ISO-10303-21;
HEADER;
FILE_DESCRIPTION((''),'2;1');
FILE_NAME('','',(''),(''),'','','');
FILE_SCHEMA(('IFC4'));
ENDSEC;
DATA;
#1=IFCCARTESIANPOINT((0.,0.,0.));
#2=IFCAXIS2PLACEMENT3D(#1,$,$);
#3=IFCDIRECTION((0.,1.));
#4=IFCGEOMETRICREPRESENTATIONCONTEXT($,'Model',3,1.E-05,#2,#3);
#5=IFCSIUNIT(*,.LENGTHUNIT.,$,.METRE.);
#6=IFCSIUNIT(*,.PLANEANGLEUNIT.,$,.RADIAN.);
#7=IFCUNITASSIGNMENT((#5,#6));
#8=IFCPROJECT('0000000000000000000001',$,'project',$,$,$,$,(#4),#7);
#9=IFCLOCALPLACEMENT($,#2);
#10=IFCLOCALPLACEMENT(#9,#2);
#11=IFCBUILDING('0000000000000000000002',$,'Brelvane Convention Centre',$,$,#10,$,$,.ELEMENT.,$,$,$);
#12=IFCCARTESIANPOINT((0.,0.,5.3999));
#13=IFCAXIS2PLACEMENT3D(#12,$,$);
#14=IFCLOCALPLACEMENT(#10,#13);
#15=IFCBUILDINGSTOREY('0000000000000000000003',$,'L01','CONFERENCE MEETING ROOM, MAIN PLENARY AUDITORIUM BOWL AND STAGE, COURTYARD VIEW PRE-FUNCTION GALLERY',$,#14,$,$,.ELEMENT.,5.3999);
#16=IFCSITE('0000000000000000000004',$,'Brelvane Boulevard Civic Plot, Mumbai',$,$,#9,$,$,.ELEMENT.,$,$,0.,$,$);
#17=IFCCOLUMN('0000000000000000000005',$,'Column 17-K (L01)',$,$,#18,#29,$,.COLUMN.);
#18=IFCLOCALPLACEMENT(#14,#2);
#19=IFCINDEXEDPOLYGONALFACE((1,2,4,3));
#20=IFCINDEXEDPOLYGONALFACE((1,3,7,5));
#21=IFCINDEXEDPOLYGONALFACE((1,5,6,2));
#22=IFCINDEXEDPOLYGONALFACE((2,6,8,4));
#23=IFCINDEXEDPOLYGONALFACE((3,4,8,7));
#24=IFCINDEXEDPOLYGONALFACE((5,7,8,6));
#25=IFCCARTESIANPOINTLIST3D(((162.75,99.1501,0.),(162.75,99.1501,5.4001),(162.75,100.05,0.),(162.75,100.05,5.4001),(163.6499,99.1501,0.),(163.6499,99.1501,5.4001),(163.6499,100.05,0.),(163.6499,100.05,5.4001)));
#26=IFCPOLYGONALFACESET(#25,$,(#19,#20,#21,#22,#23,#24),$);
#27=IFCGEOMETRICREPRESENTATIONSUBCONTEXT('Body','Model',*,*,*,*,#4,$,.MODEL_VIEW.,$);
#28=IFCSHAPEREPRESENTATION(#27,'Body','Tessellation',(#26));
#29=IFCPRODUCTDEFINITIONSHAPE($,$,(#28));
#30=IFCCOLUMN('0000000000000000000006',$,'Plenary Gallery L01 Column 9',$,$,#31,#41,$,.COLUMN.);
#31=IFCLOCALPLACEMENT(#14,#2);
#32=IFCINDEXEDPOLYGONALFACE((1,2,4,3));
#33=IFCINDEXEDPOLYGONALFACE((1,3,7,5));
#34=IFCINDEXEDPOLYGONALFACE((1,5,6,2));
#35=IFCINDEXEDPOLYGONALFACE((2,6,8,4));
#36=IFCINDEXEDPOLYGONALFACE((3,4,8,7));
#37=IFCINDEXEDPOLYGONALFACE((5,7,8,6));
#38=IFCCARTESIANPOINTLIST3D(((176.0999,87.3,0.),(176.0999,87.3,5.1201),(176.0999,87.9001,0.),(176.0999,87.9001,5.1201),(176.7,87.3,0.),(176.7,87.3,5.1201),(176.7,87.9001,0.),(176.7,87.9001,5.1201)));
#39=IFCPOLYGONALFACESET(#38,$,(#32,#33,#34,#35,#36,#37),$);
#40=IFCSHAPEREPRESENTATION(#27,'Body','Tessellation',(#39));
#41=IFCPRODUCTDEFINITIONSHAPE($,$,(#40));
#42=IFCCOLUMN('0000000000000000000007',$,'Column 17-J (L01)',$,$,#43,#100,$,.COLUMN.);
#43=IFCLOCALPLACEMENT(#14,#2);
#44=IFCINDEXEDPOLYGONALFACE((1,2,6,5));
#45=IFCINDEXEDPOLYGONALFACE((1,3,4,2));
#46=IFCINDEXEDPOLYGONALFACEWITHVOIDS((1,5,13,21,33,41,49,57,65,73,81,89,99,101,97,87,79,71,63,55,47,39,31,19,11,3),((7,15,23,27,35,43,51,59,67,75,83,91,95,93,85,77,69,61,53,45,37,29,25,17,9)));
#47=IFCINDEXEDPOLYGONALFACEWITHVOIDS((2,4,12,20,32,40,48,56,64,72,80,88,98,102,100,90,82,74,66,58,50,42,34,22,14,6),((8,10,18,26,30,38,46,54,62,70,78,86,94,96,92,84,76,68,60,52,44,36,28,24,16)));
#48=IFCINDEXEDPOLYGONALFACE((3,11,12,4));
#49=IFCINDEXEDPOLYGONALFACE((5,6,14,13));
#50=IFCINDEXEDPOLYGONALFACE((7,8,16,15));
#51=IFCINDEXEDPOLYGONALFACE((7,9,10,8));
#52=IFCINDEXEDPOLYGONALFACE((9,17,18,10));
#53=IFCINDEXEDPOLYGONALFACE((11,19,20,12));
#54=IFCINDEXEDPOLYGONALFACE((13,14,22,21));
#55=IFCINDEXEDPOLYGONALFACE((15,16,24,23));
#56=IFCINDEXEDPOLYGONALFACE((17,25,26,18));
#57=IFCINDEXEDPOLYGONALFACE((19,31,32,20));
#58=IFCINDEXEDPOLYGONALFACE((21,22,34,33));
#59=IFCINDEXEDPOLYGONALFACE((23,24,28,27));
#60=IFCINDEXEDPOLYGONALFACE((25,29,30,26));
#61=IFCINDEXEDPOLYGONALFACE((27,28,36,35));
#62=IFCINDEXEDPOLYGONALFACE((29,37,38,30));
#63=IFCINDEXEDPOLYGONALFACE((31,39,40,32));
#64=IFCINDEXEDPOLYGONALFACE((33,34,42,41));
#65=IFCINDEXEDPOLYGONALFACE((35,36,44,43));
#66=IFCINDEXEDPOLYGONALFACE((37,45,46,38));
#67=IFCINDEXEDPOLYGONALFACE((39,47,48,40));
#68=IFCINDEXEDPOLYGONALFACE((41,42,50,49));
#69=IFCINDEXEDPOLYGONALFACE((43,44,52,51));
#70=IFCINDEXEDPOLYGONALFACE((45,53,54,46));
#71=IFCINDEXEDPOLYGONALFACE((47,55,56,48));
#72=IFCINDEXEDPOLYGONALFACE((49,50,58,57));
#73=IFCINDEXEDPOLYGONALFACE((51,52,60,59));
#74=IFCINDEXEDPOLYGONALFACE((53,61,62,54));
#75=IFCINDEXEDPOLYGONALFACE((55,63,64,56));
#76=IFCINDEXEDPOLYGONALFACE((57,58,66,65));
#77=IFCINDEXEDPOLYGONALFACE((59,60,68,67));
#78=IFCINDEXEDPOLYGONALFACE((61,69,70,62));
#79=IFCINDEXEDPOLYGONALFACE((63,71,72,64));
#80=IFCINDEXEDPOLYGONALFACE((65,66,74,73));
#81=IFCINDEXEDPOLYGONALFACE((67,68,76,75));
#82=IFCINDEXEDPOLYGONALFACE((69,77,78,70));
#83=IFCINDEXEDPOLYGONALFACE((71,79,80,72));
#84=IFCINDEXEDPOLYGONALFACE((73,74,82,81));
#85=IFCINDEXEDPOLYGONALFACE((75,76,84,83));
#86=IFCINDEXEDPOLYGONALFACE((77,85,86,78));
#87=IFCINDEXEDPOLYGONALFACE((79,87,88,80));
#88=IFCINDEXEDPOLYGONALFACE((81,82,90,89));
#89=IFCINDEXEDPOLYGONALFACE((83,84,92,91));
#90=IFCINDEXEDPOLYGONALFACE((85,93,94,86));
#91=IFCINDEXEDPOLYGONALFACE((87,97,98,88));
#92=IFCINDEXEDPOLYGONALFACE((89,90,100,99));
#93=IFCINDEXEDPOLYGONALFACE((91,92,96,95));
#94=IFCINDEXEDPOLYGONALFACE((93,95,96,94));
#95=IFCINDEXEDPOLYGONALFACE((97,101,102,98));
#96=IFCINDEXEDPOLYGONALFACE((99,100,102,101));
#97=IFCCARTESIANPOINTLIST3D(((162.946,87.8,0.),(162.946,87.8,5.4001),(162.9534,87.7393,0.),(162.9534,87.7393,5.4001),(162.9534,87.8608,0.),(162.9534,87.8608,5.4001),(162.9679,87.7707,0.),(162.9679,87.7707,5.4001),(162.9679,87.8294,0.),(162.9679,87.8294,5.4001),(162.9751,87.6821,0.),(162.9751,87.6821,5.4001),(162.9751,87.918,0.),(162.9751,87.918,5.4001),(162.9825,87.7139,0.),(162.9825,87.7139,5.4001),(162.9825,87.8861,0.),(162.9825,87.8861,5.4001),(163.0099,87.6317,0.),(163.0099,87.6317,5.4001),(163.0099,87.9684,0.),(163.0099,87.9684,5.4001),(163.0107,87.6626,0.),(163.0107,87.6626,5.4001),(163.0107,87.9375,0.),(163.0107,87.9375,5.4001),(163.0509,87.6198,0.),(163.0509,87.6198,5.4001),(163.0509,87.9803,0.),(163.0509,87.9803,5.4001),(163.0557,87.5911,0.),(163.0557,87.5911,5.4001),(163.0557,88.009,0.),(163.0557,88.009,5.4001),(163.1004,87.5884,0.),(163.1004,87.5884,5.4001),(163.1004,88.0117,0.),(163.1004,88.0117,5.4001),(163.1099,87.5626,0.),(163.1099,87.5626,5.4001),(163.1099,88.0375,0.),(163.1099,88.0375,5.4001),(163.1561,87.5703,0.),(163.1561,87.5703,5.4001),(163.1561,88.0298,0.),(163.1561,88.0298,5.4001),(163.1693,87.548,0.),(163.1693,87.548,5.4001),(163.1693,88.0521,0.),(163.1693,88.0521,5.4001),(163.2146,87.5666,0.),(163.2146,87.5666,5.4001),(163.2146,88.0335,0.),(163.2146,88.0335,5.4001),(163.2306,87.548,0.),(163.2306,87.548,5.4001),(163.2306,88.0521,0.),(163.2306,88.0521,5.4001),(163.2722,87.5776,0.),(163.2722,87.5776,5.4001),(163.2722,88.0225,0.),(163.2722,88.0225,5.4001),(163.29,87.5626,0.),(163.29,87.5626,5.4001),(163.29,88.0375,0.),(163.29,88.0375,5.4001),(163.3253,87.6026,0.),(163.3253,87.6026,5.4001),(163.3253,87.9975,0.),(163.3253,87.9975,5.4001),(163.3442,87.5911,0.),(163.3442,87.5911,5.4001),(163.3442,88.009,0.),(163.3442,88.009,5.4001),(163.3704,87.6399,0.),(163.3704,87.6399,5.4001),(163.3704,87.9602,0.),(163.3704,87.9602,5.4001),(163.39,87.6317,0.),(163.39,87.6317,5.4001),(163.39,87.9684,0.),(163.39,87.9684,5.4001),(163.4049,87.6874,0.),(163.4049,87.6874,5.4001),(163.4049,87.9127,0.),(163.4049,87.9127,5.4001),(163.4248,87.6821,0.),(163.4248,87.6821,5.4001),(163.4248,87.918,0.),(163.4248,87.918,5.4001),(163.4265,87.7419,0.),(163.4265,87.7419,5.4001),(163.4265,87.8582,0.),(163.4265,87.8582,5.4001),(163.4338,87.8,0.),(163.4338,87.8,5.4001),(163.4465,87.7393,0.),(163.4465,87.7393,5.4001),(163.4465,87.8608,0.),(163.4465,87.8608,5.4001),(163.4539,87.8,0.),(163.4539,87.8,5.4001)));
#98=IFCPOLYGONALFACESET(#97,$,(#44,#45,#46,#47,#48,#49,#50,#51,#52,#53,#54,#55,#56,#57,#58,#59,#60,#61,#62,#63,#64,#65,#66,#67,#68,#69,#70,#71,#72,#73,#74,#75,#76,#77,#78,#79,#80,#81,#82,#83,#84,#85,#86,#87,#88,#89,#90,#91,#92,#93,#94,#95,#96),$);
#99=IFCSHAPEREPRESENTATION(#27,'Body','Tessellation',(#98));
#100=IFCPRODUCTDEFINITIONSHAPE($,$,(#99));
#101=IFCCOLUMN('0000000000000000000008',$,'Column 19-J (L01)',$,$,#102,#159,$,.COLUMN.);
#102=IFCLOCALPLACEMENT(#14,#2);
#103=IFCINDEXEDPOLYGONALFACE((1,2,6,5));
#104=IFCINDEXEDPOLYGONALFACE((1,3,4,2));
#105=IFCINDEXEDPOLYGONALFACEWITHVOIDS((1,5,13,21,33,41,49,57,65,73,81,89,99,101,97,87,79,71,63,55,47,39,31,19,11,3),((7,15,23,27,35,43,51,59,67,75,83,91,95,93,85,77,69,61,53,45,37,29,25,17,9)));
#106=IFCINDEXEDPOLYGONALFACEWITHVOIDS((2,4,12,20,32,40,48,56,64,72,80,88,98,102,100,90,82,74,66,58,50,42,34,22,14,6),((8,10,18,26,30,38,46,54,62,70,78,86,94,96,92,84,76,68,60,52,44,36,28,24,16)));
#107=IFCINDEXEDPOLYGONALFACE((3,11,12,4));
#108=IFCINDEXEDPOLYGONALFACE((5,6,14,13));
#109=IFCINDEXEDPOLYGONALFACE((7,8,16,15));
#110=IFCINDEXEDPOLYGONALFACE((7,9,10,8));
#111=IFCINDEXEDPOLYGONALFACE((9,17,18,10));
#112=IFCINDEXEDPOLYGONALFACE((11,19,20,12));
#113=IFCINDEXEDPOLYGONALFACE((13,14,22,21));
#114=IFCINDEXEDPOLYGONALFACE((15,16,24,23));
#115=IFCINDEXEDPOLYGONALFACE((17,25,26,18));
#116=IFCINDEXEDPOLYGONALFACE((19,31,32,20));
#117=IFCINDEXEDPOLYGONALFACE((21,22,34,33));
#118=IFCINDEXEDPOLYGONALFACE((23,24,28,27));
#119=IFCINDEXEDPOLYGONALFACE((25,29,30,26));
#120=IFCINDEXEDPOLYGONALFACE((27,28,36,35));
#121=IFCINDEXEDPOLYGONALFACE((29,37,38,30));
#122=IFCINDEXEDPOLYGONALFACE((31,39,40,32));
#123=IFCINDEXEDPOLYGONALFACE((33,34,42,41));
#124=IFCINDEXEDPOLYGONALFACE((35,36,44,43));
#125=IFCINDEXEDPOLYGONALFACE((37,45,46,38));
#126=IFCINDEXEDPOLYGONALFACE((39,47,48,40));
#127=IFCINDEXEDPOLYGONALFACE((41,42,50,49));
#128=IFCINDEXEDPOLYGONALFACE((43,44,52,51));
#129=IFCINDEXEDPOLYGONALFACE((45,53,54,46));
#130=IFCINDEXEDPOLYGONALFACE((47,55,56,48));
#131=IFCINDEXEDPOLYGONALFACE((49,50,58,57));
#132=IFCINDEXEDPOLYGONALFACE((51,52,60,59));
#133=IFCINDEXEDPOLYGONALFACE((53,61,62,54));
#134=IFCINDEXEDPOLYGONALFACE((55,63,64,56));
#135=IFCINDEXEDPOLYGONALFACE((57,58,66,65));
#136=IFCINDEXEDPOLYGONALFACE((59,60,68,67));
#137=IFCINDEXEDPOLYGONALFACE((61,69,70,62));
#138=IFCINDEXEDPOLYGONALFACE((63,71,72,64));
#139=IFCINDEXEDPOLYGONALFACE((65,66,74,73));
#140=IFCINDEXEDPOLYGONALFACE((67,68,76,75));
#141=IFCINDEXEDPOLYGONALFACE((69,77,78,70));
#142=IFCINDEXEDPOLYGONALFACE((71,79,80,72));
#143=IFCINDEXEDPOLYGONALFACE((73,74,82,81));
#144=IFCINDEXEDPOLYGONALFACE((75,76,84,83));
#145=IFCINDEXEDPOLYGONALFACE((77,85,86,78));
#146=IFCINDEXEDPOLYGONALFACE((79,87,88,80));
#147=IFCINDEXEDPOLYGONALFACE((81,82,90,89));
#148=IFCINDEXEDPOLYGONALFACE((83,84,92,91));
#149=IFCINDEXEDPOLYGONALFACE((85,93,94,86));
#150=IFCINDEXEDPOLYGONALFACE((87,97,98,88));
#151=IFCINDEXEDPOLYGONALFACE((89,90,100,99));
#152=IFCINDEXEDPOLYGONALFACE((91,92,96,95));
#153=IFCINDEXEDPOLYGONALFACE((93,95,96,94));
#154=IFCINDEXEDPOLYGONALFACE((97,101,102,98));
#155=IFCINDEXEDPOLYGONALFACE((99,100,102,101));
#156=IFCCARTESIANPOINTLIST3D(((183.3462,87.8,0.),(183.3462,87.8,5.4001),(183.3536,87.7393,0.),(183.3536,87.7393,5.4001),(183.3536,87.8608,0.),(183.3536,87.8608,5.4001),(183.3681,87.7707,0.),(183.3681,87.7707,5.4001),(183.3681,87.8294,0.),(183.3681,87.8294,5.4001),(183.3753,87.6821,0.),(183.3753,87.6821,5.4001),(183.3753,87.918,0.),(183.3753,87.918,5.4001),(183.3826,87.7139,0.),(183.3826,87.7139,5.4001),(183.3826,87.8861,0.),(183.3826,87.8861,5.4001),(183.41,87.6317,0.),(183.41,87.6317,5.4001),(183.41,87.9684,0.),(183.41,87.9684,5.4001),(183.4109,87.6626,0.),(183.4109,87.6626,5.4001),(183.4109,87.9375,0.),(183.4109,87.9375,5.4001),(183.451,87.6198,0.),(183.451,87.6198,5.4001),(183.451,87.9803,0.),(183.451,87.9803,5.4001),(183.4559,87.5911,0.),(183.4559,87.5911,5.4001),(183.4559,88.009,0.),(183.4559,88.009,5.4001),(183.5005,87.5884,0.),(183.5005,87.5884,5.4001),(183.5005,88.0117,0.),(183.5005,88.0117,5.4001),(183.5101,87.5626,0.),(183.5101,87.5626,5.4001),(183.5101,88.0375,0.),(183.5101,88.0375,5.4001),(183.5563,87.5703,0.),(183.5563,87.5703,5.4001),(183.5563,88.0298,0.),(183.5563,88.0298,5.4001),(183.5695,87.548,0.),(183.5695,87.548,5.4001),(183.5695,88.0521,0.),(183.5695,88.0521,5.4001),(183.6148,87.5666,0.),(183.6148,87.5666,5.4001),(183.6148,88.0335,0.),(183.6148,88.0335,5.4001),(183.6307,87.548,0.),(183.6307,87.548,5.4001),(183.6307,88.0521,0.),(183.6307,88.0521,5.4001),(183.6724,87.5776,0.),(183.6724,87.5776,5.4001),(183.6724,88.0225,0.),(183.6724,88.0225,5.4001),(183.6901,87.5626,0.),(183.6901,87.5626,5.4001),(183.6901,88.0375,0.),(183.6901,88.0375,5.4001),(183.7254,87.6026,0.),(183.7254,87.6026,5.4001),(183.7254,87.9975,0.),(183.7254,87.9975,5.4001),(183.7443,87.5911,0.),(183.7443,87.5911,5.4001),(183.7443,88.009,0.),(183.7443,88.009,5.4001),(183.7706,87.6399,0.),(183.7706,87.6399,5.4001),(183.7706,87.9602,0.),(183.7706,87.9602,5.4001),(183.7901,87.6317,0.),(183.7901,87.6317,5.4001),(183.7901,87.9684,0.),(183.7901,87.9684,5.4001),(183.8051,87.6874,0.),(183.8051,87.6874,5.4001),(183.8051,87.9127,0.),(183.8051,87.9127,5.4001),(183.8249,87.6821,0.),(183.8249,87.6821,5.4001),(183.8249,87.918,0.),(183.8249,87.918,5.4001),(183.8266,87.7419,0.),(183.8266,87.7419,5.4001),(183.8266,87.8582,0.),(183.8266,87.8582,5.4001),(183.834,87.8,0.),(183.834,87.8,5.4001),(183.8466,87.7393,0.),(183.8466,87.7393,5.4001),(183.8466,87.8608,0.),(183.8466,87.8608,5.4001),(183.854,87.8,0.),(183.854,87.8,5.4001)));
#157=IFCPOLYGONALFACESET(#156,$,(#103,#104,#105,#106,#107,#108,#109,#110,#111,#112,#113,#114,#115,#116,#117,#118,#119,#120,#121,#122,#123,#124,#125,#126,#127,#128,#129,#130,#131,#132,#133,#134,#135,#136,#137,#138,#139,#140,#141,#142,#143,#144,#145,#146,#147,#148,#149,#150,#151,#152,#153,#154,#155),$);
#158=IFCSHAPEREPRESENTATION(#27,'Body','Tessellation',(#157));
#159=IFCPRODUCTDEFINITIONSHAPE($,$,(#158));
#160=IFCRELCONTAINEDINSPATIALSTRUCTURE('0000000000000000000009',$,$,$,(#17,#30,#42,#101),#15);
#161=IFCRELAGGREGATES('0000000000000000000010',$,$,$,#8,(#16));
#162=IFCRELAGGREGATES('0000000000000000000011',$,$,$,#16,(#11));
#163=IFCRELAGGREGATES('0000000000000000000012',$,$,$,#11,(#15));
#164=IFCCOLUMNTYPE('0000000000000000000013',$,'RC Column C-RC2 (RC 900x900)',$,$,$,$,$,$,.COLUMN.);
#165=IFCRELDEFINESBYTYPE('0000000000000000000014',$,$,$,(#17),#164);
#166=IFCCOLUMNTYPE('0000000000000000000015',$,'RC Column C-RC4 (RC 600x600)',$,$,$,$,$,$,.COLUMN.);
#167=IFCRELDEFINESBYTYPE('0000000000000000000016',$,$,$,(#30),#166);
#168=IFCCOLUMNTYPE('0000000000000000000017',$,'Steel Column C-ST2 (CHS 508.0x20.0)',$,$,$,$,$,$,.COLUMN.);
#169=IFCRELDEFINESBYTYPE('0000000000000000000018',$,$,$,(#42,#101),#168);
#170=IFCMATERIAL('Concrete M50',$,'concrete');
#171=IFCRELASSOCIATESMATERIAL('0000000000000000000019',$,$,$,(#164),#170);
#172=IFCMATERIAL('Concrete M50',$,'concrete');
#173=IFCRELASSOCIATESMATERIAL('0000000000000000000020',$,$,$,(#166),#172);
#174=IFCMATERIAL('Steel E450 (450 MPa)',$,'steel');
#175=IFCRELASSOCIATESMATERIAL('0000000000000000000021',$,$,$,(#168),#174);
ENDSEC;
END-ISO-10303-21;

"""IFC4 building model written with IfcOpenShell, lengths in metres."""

from ifc_helpers import new_model, si_unit, direction, frame, origin, origin_2d, place, context, subcontext, project, spatial, rectangle, hollow_circle, extrude, material, material_profile, profile_set, type_object, element, save


model = new_model("IFC4")

# Units and contexts
model_context = context("Model", 3, precision=1e-05, world=origin(), true_north=direction((0.0, 1.0)))
body_context = subcontext(model_context, "Body", "Model", "MODEL_VIEW")
ifc_project = project(units=[si_unit("LENGTHUNIT", "METRE"), si_unit("PLANEANGLEUNIT", "RADIAN")], contexts=[model_context])

# Site, building, storey
site_placement = place(None, origin())
site = spatial("IfcSite", under=ifc_project, at=site_placement, Name="Brelvane Boulevard Civic Plot, Mumbai", CompositionType="ELEMENT", RefElevation=0.0)
building_placement = place(site_placement, origin())
building = spatial("IfcBuilding", under=site, at=building_placement, Name="Brelvane Convention Centre", CompositionType="ELEMENT")
storey_placement = place(building_placement, frame((0.0, 0.0, 5.3999)))
storey = spatial("IfcBuildingStorey", under=building, at=storey_placement, Name="L01", Description="CONFERENCE MEETING ROOM, MAIN PLENARY AUDITORIUM BOWL AND STAGE, COURTYARD VIEW PRE-FUNCTION GALLERY", CompositionType="ELEMENT", Elevation=5.3999)

# Columns
ifc_material_1 = material(Name="Concrete M50", Category="concrete")
ifc_material_profile_1 = material_profile(ifc_material_1, rectangle(XDim=0.8999, YDim=0.8999, at=origin_2d()), Name="RC 900x900")
ifc_profile_set_1 = profile_set([ifc_material_profile_1], Name="Concrete M50")
column_type_1 = type_object("IfcColumnType", Name="RC Column C-RC2 (RC 900x900)", PredefinedType="COLUMN", material=ifc_profile_set_1)
column_1_placement = place(storey_placement, frame((163.2, 99.6001, 0.0), z_axis=(0.0, 0.0, 1.0), x_axis=(1.0, 0.0, 0.0)))
element("IfcColumn", 1, at=column_1_placement, inside=storey, type_object=column_type_1, Name="Column 17-K (L01)", PredefinedType="COLUMN", context=body_context, shape_type="SweptSolid", body=[
    extrude(rectangle(XDim=0.8999, YDim=0.8999, at=origin_2d()), origin(), (0.0, 0.0, 1.0), 5.4001),
])
ifc_material_2 = material(Name="Concrete M50", Category="concrete")
ifc_material_profile_2 = material_profile(ifc_material_2, rectangle(XDim=0.6001, YDim=0.6001, at=origin_2d()), Name="RC 600x600")
ifc_profile_set_2 = profile_set([ifc_material_profile_2], Name="Concrete M50")
column_type_2 = type_object("IfcColumnType", Name="RC Column C-RC4 (RC 600x600)", PredefinedType="COLUMN", material=ifc_profile_set_2)
column_2_placement = place(storey_placement, frame((176.3999, 87.6001, 0.0), z_axis=(0.0, 0.0, 1.0), x_axis=(1.0, 0.0, 0.0)))
element("IfcColumn", 2, at=column_2_placement, inside=storey, type_object=column_type_2, Name="Plenary Gallery L01 Column 9", PredefinedType="COLUMN", context=body_context, shape_type="SweptSolid", body=[
    extrude(rectangle(XDim=0.6001, YDim=0.6001, at=origin_2d()), origin(), (0.0, 0.0, 1.0), 5.1201),
])
ifc_material_3 = material(Name="Steel E450 (450 MPa)", Category="steel")
ifc_material_profile_3 = material_profile(ifc_material_3, hollow_circle(Radius=0.2539, WallThickness=0.02, at=origin_2d()), Name="CHS 508.0x20.0")
ifc_profile_set_3 = profile_set([ifc_material_profile_3], Name="Steel E450 (450 MPa)")
column_type_3 = type_object("IfcColumnType", Name="Steel Column C-ST2 (CHS 508.0x20.0)", PredefinedType="COLUMN", material=ifc_profile_set_3)
for number, where, z_axis, x_axis, name in (
    (3, (163.2, 87.8, 0.0), (0.0, 0.0, 1.0), (1.0, 0.0, 0.0), "Column 17-J (L01)"),
    (4, (183.6001, 87.8, 0.0), (0.0, 0.0, 1.0), (1.0, 0.0, 0.0), "Column 19-J (L01)"),
):
    element("IfcColumn", number, at=place(storey_placement, frame(where, z_axis=z_axis, x_axis=x_axis)), inside=storey, type_object=column_type_3, Name=name, PredefinedType="COLUMN", context=body_context, shape_type="SweptSolid", body=[
        extrude(hollow_circle(Radius=0.2539, WallThickness=0.02, at=origin_2d()), origin(), (0.0, 0.0, 1.0), 5.4001),
    ])

save(model, "model.ifc")
